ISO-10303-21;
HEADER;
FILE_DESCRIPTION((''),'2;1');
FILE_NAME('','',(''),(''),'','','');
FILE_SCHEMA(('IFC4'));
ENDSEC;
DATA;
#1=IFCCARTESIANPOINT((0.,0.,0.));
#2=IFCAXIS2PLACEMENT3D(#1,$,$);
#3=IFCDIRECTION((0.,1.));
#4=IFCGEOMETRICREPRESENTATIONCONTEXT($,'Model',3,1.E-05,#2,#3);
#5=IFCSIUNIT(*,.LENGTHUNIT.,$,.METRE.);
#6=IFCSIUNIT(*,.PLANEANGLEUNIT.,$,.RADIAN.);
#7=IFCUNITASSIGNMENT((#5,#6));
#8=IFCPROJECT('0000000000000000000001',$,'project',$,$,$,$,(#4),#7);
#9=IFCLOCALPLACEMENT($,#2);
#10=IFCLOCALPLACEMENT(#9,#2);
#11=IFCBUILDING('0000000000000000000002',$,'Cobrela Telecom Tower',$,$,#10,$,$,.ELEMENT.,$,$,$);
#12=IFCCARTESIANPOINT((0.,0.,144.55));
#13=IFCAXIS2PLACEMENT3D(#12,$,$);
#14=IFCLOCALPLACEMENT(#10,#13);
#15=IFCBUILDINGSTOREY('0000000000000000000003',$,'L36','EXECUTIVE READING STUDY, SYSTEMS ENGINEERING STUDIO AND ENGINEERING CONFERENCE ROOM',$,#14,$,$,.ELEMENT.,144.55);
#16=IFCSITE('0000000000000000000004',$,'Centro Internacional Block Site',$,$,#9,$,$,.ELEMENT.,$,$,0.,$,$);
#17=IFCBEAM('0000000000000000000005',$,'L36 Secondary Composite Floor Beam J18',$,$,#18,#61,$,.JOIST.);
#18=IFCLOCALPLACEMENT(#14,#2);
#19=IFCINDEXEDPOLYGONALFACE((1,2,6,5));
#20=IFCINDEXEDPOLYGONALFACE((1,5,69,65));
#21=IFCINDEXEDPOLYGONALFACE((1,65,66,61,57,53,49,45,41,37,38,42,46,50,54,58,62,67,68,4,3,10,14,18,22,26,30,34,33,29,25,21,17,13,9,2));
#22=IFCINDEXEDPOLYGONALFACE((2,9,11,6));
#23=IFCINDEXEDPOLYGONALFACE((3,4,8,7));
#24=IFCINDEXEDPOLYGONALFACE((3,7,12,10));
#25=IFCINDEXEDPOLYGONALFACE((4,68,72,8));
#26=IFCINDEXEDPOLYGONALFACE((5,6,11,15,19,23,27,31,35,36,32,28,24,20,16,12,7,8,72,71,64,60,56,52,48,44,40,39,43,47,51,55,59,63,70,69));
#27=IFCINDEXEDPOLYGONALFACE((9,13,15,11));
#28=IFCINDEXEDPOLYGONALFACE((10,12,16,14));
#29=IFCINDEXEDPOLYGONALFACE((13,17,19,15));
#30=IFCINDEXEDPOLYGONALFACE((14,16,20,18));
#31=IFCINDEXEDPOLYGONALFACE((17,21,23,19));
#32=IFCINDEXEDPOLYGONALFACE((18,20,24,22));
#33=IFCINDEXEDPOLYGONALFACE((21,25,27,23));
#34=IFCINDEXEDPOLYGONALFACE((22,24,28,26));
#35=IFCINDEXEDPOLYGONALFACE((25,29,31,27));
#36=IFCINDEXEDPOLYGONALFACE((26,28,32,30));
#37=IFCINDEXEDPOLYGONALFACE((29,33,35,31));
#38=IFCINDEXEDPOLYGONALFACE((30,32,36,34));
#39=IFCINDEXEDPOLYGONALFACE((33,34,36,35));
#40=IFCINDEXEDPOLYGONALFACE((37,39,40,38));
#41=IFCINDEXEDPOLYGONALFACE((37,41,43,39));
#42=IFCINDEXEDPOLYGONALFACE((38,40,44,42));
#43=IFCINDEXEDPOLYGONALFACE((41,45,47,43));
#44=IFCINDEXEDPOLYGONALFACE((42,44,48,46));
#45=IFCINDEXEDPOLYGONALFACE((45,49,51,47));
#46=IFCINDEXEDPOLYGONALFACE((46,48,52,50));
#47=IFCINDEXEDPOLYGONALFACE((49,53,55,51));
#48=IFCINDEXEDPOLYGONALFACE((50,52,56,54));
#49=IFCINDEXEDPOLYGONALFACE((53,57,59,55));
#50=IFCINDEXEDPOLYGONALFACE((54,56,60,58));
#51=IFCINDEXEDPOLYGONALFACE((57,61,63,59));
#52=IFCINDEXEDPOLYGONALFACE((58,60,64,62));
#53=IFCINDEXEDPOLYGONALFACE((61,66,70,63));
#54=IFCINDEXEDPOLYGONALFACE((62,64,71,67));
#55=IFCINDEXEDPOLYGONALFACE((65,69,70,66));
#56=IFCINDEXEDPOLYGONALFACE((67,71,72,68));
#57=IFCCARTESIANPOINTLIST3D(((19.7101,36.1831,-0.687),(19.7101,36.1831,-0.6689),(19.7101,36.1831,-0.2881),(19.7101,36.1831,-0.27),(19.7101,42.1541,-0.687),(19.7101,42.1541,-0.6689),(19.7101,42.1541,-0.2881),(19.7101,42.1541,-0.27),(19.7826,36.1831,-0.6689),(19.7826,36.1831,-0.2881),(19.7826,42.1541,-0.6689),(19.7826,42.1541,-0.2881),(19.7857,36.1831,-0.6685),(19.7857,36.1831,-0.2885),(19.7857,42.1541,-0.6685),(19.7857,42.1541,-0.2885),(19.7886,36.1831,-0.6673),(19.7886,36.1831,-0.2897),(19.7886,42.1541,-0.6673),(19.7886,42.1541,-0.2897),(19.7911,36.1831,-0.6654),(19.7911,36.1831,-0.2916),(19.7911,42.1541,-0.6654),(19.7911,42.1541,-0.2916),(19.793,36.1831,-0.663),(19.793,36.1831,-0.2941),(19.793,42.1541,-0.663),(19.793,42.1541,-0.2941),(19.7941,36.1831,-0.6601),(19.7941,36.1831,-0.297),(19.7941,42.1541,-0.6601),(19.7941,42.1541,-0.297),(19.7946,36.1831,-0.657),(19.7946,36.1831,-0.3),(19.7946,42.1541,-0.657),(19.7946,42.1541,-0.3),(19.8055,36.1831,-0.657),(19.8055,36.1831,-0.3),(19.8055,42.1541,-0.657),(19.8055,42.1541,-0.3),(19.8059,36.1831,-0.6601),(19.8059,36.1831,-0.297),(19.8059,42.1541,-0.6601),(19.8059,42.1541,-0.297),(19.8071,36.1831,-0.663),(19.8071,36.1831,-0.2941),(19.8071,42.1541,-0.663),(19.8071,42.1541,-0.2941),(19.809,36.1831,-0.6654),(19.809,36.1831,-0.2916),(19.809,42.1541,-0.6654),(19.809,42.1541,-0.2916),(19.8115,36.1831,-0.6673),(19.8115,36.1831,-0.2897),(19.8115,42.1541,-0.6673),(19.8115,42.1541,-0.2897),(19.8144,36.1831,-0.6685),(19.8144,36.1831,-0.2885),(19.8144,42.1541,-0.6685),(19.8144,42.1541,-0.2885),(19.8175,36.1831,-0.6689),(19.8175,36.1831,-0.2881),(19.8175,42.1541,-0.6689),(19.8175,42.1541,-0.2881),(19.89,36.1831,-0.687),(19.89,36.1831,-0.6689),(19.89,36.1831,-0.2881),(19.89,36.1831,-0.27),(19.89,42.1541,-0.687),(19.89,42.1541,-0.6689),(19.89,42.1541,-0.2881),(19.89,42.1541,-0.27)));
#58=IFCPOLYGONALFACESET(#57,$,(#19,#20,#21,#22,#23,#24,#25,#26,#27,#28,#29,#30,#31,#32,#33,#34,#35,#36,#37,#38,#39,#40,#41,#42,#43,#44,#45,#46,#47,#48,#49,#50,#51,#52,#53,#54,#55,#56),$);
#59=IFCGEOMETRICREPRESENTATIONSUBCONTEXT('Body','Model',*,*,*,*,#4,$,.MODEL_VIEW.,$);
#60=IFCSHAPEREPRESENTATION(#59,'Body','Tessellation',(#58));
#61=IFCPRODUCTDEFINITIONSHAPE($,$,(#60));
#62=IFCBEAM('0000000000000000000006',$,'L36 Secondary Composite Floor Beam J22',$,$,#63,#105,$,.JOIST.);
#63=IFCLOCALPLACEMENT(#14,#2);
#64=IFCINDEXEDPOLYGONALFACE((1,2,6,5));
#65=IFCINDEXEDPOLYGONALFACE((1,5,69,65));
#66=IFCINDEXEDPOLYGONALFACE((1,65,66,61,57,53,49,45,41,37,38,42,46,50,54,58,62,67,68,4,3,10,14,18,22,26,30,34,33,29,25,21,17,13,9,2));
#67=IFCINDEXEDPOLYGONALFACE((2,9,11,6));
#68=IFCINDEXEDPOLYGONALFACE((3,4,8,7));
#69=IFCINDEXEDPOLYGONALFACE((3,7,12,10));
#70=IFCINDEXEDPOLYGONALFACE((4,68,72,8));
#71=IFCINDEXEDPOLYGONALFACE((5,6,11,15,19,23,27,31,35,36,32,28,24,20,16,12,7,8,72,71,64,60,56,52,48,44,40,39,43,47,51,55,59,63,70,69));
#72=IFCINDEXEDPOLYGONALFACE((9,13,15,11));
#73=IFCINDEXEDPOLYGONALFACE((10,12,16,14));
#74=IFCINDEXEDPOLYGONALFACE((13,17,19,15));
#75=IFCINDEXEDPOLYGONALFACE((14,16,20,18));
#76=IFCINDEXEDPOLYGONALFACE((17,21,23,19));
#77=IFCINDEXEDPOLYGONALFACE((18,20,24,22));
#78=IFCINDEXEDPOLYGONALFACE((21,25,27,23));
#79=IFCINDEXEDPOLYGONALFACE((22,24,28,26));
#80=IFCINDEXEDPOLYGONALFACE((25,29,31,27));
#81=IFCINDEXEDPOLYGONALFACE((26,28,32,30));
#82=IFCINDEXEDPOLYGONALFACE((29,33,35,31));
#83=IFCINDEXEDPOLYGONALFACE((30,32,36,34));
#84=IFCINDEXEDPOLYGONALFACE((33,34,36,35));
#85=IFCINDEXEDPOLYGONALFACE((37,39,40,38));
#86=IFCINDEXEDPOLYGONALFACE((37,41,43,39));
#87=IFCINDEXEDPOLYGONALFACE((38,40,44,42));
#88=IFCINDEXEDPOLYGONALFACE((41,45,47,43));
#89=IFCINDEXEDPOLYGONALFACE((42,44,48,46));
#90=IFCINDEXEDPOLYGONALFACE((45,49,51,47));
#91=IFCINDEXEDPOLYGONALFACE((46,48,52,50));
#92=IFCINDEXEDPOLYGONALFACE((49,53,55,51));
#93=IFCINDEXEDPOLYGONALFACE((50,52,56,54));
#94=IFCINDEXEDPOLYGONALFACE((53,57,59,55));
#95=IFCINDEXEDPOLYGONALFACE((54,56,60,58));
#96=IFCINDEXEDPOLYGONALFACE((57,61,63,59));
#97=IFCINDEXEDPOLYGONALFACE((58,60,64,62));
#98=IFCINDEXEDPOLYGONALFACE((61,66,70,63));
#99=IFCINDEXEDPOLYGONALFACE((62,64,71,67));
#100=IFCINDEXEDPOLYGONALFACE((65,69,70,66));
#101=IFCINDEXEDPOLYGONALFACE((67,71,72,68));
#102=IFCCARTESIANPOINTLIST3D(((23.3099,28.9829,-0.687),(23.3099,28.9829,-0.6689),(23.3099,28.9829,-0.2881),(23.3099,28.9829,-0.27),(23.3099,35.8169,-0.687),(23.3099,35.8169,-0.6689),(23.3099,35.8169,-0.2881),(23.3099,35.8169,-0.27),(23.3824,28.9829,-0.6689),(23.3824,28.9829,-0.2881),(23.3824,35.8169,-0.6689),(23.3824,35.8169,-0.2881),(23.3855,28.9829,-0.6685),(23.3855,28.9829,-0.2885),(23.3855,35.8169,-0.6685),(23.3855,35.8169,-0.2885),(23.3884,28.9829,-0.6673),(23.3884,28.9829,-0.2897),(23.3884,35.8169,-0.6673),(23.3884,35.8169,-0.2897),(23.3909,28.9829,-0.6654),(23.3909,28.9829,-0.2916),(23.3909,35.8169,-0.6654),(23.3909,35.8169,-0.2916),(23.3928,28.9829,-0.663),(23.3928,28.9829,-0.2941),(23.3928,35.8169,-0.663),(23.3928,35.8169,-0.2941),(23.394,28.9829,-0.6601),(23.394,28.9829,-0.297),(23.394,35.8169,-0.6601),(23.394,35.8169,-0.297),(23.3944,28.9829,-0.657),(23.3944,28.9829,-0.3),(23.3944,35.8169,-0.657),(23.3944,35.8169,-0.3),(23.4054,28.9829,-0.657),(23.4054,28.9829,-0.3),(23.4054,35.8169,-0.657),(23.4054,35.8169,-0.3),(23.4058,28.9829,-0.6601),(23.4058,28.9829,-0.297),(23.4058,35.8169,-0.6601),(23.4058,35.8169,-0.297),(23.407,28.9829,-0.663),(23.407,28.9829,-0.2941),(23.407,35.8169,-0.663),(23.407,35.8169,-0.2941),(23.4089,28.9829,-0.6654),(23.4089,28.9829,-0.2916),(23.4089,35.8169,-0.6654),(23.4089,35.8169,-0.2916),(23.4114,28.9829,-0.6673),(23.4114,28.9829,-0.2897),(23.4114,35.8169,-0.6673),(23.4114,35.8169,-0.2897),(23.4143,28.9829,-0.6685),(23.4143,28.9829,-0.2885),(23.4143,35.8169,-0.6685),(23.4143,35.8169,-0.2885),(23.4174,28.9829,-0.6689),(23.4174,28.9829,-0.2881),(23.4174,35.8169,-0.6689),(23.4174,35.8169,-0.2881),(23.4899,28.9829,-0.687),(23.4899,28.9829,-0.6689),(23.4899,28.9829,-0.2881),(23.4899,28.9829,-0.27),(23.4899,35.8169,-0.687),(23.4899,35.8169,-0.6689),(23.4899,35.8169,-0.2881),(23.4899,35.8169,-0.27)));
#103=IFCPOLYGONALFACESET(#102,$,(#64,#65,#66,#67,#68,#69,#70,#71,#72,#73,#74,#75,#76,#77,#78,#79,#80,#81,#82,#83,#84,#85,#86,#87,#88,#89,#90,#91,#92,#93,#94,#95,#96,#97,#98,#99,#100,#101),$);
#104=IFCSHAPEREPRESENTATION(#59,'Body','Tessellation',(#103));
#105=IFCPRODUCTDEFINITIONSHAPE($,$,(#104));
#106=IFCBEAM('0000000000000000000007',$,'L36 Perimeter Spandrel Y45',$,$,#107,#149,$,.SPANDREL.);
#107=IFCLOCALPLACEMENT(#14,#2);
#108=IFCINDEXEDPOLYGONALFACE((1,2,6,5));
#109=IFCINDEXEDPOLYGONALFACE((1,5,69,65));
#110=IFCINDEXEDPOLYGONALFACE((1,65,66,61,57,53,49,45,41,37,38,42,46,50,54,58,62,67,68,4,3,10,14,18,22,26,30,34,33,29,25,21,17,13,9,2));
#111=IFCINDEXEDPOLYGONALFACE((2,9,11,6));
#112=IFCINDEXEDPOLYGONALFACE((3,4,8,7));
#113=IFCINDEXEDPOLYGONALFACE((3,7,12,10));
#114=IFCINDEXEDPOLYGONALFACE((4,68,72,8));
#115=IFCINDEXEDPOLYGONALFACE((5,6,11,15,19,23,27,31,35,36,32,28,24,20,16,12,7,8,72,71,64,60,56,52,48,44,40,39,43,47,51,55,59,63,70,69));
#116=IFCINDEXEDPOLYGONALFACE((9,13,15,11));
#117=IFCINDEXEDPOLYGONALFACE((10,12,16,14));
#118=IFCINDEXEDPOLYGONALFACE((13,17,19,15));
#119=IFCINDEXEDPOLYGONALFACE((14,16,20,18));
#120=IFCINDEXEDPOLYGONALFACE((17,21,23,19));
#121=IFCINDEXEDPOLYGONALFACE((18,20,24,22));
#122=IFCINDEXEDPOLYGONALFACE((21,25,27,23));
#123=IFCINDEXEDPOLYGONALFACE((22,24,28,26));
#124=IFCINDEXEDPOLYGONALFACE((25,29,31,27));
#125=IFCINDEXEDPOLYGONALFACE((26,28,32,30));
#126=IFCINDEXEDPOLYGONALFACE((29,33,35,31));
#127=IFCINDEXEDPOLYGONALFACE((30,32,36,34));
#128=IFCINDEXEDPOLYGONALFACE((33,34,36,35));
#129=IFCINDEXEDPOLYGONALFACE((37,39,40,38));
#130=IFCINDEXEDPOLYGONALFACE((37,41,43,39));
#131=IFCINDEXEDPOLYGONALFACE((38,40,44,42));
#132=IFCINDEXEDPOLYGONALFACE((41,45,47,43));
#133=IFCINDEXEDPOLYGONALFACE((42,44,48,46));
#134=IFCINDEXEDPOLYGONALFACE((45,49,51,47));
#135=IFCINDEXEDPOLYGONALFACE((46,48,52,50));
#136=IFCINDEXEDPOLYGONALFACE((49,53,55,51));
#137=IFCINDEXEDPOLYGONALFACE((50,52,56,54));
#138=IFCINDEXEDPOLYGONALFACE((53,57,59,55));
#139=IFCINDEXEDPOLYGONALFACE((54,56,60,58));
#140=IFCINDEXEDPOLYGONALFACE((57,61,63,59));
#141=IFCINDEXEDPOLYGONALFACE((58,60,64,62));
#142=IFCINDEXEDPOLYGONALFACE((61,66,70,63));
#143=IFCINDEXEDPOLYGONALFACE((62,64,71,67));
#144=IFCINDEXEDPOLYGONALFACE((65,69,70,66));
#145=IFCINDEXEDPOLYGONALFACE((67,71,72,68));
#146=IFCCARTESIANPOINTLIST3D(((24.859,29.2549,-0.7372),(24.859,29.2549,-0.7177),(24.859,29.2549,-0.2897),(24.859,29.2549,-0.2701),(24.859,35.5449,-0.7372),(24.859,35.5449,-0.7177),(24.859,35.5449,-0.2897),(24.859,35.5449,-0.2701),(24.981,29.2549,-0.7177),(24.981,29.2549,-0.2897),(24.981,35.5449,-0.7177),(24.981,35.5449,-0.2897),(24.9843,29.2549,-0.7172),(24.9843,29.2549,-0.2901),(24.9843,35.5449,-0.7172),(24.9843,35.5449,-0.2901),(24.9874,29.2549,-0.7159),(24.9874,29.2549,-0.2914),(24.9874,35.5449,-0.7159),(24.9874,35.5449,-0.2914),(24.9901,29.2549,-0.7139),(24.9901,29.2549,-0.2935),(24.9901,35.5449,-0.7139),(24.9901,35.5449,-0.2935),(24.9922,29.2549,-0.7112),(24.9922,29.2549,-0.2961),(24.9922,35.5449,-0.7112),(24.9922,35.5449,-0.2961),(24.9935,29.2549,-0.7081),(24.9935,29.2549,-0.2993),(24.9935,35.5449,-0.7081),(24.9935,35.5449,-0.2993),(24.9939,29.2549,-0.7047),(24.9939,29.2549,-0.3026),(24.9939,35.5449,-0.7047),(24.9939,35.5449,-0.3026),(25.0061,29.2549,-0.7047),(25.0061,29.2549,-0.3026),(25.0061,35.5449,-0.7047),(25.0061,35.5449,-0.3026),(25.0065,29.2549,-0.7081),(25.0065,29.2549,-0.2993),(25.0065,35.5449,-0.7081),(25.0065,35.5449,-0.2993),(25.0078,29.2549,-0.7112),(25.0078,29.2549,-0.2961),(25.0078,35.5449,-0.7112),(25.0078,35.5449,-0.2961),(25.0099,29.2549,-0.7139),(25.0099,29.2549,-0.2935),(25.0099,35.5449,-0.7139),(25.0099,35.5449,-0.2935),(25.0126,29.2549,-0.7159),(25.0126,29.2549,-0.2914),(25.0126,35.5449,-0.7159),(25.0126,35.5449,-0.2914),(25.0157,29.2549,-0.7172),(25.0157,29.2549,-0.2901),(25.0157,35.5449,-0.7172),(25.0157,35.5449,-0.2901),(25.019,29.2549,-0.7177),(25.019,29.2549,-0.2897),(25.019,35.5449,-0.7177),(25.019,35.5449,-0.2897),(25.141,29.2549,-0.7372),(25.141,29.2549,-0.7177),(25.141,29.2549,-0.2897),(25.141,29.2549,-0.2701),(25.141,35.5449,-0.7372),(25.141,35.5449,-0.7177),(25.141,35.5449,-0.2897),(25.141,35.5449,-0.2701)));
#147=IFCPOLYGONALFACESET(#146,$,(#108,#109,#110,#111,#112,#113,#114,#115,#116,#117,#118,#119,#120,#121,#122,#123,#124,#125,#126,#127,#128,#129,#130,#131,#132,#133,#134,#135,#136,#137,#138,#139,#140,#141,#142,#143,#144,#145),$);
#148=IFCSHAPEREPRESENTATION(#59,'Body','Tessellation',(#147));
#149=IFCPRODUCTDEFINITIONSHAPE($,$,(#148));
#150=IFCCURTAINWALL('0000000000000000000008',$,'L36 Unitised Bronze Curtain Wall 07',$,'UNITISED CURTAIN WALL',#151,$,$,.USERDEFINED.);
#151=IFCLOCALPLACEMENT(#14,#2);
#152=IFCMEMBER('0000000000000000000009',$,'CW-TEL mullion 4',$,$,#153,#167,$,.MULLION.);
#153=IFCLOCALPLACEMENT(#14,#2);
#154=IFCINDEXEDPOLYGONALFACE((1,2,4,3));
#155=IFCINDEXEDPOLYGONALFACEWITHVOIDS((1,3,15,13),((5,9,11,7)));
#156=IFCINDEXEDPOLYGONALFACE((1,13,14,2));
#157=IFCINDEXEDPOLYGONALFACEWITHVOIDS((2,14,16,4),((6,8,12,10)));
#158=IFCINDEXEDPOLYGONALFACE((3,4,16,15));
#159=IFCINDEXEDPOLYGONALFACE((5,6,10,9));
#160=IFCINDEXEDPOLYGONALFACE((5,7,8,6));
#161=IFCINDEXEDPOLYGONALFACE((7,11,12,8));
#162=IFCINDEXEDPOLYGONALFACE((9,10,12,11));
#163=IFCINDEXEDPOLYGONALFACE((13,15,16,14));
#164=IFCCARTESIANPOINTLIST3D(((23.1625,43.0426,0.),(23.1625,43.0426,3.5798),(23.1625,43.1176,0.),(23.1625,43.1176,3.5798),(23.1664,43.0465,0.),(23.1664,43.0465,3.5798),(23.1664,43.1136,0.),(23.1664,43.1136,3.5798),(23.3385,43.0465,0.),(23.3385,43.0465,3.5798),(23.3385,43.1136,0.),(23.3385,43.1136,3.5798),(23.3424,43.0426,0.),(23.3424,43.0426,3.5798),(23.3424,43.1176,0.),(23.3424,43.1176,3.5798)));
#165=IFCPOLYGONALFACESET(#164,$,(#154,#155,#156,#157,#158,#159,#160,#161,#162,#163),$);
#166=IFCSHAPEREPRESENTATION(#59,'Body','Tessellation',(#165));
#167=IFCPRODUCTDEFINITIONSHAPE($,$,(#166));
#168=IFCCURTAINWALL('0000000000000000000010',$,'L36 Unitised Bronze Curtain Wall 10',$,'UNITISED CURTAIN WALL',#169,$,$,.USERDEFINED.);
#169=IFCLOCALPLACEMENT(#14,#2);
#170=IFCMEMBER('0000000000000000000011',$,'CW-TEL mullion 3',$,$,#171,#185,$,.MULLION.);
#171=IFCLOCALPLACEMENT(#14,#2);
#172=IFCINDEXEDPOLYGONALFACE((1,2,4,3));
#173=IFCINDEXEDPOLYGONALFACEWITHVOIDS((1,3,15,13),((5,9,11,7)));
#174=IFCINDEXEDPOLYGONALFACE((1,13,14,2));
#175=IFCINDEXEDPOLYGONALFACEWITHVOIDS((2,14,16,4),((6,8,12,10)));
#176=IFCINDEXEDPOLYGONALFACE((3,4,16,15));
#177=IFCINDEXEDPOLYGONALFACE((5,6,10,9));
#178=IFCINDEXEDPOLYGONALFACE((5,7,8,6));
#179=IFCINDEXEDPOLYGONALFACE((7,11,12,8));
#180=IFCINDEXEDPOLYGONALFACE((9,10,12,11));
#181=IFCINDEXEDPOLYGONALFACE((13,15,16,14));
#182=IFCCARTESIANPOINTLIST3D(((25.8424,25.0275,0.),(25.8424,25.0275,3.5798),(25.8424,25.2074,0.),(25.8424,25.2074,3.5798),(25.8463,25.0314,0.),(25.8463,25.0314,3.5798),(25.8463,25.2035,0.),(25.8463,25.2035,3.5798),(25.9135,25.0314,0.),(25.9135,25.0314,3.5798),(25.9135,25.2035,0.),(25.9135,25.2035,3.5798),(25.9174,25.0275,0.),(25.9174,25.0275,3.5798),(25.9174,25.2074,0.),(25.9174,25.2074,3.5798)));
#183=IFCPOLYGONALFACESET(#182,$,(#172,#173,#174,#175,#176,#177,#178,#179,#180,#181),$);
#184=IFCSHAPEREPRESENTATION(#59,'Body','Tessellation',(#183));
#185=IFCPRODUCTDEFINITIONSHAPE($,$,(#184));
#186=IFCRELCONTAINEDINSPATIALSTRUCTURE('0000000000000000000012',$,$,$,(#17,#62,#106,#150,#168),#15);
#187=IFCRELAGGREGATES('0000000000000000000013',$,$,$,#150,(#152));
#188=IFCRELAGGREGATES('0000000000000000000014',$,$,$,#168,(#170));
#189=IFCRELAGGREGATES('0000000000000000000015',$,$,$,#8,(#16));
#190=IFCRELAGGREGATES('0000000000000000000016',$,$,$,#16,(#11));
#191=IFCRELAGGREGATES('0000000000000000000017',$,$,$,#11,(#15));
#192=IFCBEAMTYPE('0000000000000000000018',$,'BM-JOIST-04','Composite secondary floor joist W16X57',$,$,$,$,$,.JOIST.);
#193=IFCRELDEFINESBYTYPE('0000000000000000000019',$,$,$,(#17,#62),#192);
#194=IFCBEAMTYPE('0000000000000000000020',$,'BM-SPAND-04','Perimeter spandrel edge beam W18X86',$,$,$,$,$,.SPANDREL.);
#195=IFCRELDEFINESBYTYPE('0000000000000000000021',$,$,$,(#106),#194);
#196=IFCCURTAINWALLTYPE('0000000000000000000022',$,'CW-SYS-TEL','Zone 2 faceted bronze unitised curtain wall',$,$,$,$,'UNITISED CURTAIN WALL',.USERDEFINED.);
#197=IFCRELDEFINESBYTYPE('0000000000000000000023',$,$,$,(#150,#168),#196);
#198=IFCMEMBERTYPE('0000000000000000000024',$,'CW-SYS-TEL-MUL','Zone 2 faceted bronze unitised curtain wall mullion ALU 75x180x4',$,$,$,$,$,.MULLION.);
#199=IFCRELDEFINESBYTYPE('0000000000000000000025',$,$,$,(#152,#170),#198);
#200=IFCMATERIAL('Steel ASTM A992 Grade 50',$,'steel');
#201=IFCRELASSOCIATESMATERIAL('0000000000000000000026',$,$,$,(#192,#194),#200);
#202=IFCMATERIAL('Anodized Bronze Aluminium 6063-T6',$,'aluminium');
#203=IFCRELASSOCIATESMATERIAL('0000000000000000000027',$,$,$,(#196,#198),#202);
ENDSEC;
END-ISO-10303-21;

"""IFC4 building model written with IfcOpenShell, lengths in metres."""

from ifc_helpers import new_model, si_unit, direction, frame, origin, origin_2d, place, context, subcontext, project, spatial, hollow_rectangle, i_section, extrude, material, material_profile, profile_set, type_object, element, aggregate, save


model = new_model("IFC4")

# Units and contexts
model_context = context("Model", 3, precision=1e-05, world=origin(), true_north=direction((0.0, 1.0)))
body_context = subcontext(model_context, "Body", "Model", "MODEL_VIEW")
ifc_project = project(units=[si_unit("LENGTHUNIT", "METRE"), si_unit("PLANEANGLEUNIT", "RADIAN")], contexts=[model_context])

# Site, building, storey
site_placement = place(None, origin())
site = spatial("IfcSite", under=ifc_project, at=site_placement, Name="Centro Internacional Block Site", CompositionType="ELEMENT", RefElevation=0.0)
building_placement = place(site_placement, origin())
building = spatial("IfcBuilding", under=site, at=building_placement, Name="Cobrela Telecom Tower", CompositionType="ELEMENT")
storey_placement = place(building_placement, frame((0.0, 0.0, 144.55)))
storey = spatial("IfcBuildingStorey", under=building, at=storey_placement, Name="L36", Description="EXECUTIVE READING STUDY, SYSTEMS ENGINEERING STUDIO AND ENGINEERING CONFERENCE ROOM", CompositionType="ELEMENT", Elevation=144.55)

# Shared definitions
ifc_material_1 = material(Name="Steel ASTM A992 Grade 50", Category="steel")

# Beams
ifc_material_profile_1 = material_profile(ifc_material_1, i_section(OverallWidth=0.1799, OverallDepth=0.417, WebThickness=0.011, FlangeThickness=0.0181, FilletRadius=0.012, at=origin_2d()), Name="W16X57")
ifc_profile_set_1 = profile_set([ifc_material_profile_1], Name="Steel ASTM A992 Grade 50")
beam_type_1 = type_object("IfcBeamType", Name="BM-JOIST-04", Description="Composite secondary floor joist W16X57", PredefinedType="JOIST", material=ifc_profile_set_1)
beam_1_placement = place(storey_placement, frame((19.8, 36.1831, -0.4785), z_axis=(0.0, 1.0, 0.0), x_axis=(-1.0, 0.0, 0.0)))
element("IfcBeam", 1, at=beam_1_placement, inside=storey, type_object=beam_type_1, Name="L36 Secondary Composite Floor Beam J18", PredefinedType="JOIST", context=body_context, shape_type="SweptSolid", body=[
    extrude(i_section(OverallWidth=0.1799, OverallDepth=0.417, WebThickness=0.011, FlangeThickness=0.0181, FilletRadius=0.012, at=origin_2d()), origin(), (0.0, 0.0, 1.0), 5.9709),
])
beam_2_placement = place(storey_placement, frame((23.3999, 28.9829, -0.4785), z_axis=(0.0, 1.0, 0.0), x_axis=(-1.0, 0.0, 0.0)))
element("IfcBeam", 2, at=beam_2_placement, inside=storey, type_object=beam_type_1, Name="L36 Secondary Composite Floor Beam J22", PredefinedType="JOIST", context=body_context, shape_type="SweptSolid", body=[
    extrude(i_section(OverallWidth=0.1799, OverallDepth=0.417, WebThickness=0.011, FlangeThickness=0.0181, FilletRadius=0.012, at=origin_2d()), origin(), (0.0, 0.0, 1.0), 6.834),
])
ifc_material_profile_2 = material_profile(ifc_material_1, i_section(OverallWidth=0.282, OverallDepth=0.467, WebThickness=0.0122, FlangeThickness=0.0195, FilletRadius=0.0129, at=origin_2d()), Name="W18X86")
ifc_profile_set_2 = profile_set([ifc_material_profile_2], Name="Steel ASTM A992 Grade 50")
beam_type_2 = type_object("IfcBeamType", Name="BM-SPAND-04", Description="Perimeter spandrel edge beam W18X86", PredefinedType="SPANDREL", material=ifc_profile_set_2)
beam_3_placement = place(storey_placement, frame((25.0, 29.2549, -0.5037), z_axis=(0.0, 1.0, 0.0), x_axis=(-1.0, 0.0, 0.0)))
element("IfcBeam", 3, at=beam_3_placement, inside=storey, type_object=beam_type_2, Name="L36 Perimeter Spandrel Y45", PredefinedType="SPANDREL", context=body_context, shape_type="SweptSolid", body=[
    extrude(i_section(OverallWidth=0.282, OverallDepth=0.467, WebThickness=0.0122, FlangeThickness=0.0195, FilletRadius=0.0129, at=origin_2d()), origin(), (0.0, 0.0, 1.0), 6.29),
])

# Curtain walls, members
ifc_material_2 = material(Name="Anodized Bronze Aluminium 6063-T6", Category="aluminium")
curtain_wall_type = type_object("IfcCurtainWallType", Name="CW-SYS-TEL", Description="Zone 2 faceted bronze unitised curtain wall", ElementType="UNITISED CURTAIN WALL", PredefinedType="USERDEFINED", material=ifc_material_2)
curtain_wall_1_placement = place(storey_placement, origin())
curtain_wall_1 = element("IfcCurtainWall", 4, at=curtain_wall_1_placement, inside=storey, type_object=curtain_wall_type, Name="L36 Unitised Bronze Curtain Wall 07", ObjectType="UNITISED CURTAIN WALL", PredefinedType="USERDEFINED")
ifc_material_profile_3 = material_profile(ifc_material_2, hollow_rectangle(XDim=0.075, YDim=0.1799, WallThickness=0.0039, at=origin_2d()), Name="ALU 75x180x4")
ifc_profile_set_3 = profile_set([ifc_material_profile_3], Name="Anodized Bronze Aluminium 6063-T6")
member_type = type_object("IfcMemberType", Name="CW-SYS-TEL-MUL", Description="Zone 2 faceted bronze unitised curtain wall mullion ALU 75x180x4", PredefinedType="MULLION", material=ifc_profile_set_3)
member_1_placement = place(storey_placement, frame((23.2524, 43.0801, 0.0), z_axis=(0.0, 0.0, 1.0), x_axis=(0.0, 1.0, 0.0)))
member_1 = element("IfcMember", 5, at=member_1_placement, type_object=member_type, Name="CW-TEL mullion 4", PredefinedType="MULLION", context=body_context, shape_type="SweptSolid", body=[
    extrude(hollow_rectangle(XDim=0.075, YDim=0.1799, WallThickness=0.0039, at=origin_2d()), origin(), (0.0, 0.0, 1.0), 3.5798),
])
curtain_wall_2_placement = place(storey_placement, origin())
curtain_wall_2 = element("IfcCurtainWall", 6, at=curtain_wall_2_placement, inside=storey, type_object=curtain_wall_type, Name="L36 Unitised Bronze Curtain Wall 10", ObjectType="UNITISED CURTAIN WALL", PredefinedType="USERDEFINED")
member_2_placement = place(storey_placement, frame((25.8799, 25.1174, 0.0), z_axis=(0.0, 0.0, 1.0), x_axis=(1.0, 0.0, 0.0)))
member_2 = element("IfcMember", 7, at=member_2_placement, type_object=member_type, Name="CW-TEL mullion 3", PredefinedType="MULLION", context=body_context, shape_type="SweptSolid", body=[
    extrude(hollow_rectangle(XDim=0.075, YDim=0.1799, WallThickness=0.0039, at=origin_2d()), origin(), (0.0, 0.0, 1.0), 3.5798),
])

aggregate(curtain_wall_1, [member_1])
aggregate(curtain_wall_2, [member_2])

save(model, "model.ifc")
